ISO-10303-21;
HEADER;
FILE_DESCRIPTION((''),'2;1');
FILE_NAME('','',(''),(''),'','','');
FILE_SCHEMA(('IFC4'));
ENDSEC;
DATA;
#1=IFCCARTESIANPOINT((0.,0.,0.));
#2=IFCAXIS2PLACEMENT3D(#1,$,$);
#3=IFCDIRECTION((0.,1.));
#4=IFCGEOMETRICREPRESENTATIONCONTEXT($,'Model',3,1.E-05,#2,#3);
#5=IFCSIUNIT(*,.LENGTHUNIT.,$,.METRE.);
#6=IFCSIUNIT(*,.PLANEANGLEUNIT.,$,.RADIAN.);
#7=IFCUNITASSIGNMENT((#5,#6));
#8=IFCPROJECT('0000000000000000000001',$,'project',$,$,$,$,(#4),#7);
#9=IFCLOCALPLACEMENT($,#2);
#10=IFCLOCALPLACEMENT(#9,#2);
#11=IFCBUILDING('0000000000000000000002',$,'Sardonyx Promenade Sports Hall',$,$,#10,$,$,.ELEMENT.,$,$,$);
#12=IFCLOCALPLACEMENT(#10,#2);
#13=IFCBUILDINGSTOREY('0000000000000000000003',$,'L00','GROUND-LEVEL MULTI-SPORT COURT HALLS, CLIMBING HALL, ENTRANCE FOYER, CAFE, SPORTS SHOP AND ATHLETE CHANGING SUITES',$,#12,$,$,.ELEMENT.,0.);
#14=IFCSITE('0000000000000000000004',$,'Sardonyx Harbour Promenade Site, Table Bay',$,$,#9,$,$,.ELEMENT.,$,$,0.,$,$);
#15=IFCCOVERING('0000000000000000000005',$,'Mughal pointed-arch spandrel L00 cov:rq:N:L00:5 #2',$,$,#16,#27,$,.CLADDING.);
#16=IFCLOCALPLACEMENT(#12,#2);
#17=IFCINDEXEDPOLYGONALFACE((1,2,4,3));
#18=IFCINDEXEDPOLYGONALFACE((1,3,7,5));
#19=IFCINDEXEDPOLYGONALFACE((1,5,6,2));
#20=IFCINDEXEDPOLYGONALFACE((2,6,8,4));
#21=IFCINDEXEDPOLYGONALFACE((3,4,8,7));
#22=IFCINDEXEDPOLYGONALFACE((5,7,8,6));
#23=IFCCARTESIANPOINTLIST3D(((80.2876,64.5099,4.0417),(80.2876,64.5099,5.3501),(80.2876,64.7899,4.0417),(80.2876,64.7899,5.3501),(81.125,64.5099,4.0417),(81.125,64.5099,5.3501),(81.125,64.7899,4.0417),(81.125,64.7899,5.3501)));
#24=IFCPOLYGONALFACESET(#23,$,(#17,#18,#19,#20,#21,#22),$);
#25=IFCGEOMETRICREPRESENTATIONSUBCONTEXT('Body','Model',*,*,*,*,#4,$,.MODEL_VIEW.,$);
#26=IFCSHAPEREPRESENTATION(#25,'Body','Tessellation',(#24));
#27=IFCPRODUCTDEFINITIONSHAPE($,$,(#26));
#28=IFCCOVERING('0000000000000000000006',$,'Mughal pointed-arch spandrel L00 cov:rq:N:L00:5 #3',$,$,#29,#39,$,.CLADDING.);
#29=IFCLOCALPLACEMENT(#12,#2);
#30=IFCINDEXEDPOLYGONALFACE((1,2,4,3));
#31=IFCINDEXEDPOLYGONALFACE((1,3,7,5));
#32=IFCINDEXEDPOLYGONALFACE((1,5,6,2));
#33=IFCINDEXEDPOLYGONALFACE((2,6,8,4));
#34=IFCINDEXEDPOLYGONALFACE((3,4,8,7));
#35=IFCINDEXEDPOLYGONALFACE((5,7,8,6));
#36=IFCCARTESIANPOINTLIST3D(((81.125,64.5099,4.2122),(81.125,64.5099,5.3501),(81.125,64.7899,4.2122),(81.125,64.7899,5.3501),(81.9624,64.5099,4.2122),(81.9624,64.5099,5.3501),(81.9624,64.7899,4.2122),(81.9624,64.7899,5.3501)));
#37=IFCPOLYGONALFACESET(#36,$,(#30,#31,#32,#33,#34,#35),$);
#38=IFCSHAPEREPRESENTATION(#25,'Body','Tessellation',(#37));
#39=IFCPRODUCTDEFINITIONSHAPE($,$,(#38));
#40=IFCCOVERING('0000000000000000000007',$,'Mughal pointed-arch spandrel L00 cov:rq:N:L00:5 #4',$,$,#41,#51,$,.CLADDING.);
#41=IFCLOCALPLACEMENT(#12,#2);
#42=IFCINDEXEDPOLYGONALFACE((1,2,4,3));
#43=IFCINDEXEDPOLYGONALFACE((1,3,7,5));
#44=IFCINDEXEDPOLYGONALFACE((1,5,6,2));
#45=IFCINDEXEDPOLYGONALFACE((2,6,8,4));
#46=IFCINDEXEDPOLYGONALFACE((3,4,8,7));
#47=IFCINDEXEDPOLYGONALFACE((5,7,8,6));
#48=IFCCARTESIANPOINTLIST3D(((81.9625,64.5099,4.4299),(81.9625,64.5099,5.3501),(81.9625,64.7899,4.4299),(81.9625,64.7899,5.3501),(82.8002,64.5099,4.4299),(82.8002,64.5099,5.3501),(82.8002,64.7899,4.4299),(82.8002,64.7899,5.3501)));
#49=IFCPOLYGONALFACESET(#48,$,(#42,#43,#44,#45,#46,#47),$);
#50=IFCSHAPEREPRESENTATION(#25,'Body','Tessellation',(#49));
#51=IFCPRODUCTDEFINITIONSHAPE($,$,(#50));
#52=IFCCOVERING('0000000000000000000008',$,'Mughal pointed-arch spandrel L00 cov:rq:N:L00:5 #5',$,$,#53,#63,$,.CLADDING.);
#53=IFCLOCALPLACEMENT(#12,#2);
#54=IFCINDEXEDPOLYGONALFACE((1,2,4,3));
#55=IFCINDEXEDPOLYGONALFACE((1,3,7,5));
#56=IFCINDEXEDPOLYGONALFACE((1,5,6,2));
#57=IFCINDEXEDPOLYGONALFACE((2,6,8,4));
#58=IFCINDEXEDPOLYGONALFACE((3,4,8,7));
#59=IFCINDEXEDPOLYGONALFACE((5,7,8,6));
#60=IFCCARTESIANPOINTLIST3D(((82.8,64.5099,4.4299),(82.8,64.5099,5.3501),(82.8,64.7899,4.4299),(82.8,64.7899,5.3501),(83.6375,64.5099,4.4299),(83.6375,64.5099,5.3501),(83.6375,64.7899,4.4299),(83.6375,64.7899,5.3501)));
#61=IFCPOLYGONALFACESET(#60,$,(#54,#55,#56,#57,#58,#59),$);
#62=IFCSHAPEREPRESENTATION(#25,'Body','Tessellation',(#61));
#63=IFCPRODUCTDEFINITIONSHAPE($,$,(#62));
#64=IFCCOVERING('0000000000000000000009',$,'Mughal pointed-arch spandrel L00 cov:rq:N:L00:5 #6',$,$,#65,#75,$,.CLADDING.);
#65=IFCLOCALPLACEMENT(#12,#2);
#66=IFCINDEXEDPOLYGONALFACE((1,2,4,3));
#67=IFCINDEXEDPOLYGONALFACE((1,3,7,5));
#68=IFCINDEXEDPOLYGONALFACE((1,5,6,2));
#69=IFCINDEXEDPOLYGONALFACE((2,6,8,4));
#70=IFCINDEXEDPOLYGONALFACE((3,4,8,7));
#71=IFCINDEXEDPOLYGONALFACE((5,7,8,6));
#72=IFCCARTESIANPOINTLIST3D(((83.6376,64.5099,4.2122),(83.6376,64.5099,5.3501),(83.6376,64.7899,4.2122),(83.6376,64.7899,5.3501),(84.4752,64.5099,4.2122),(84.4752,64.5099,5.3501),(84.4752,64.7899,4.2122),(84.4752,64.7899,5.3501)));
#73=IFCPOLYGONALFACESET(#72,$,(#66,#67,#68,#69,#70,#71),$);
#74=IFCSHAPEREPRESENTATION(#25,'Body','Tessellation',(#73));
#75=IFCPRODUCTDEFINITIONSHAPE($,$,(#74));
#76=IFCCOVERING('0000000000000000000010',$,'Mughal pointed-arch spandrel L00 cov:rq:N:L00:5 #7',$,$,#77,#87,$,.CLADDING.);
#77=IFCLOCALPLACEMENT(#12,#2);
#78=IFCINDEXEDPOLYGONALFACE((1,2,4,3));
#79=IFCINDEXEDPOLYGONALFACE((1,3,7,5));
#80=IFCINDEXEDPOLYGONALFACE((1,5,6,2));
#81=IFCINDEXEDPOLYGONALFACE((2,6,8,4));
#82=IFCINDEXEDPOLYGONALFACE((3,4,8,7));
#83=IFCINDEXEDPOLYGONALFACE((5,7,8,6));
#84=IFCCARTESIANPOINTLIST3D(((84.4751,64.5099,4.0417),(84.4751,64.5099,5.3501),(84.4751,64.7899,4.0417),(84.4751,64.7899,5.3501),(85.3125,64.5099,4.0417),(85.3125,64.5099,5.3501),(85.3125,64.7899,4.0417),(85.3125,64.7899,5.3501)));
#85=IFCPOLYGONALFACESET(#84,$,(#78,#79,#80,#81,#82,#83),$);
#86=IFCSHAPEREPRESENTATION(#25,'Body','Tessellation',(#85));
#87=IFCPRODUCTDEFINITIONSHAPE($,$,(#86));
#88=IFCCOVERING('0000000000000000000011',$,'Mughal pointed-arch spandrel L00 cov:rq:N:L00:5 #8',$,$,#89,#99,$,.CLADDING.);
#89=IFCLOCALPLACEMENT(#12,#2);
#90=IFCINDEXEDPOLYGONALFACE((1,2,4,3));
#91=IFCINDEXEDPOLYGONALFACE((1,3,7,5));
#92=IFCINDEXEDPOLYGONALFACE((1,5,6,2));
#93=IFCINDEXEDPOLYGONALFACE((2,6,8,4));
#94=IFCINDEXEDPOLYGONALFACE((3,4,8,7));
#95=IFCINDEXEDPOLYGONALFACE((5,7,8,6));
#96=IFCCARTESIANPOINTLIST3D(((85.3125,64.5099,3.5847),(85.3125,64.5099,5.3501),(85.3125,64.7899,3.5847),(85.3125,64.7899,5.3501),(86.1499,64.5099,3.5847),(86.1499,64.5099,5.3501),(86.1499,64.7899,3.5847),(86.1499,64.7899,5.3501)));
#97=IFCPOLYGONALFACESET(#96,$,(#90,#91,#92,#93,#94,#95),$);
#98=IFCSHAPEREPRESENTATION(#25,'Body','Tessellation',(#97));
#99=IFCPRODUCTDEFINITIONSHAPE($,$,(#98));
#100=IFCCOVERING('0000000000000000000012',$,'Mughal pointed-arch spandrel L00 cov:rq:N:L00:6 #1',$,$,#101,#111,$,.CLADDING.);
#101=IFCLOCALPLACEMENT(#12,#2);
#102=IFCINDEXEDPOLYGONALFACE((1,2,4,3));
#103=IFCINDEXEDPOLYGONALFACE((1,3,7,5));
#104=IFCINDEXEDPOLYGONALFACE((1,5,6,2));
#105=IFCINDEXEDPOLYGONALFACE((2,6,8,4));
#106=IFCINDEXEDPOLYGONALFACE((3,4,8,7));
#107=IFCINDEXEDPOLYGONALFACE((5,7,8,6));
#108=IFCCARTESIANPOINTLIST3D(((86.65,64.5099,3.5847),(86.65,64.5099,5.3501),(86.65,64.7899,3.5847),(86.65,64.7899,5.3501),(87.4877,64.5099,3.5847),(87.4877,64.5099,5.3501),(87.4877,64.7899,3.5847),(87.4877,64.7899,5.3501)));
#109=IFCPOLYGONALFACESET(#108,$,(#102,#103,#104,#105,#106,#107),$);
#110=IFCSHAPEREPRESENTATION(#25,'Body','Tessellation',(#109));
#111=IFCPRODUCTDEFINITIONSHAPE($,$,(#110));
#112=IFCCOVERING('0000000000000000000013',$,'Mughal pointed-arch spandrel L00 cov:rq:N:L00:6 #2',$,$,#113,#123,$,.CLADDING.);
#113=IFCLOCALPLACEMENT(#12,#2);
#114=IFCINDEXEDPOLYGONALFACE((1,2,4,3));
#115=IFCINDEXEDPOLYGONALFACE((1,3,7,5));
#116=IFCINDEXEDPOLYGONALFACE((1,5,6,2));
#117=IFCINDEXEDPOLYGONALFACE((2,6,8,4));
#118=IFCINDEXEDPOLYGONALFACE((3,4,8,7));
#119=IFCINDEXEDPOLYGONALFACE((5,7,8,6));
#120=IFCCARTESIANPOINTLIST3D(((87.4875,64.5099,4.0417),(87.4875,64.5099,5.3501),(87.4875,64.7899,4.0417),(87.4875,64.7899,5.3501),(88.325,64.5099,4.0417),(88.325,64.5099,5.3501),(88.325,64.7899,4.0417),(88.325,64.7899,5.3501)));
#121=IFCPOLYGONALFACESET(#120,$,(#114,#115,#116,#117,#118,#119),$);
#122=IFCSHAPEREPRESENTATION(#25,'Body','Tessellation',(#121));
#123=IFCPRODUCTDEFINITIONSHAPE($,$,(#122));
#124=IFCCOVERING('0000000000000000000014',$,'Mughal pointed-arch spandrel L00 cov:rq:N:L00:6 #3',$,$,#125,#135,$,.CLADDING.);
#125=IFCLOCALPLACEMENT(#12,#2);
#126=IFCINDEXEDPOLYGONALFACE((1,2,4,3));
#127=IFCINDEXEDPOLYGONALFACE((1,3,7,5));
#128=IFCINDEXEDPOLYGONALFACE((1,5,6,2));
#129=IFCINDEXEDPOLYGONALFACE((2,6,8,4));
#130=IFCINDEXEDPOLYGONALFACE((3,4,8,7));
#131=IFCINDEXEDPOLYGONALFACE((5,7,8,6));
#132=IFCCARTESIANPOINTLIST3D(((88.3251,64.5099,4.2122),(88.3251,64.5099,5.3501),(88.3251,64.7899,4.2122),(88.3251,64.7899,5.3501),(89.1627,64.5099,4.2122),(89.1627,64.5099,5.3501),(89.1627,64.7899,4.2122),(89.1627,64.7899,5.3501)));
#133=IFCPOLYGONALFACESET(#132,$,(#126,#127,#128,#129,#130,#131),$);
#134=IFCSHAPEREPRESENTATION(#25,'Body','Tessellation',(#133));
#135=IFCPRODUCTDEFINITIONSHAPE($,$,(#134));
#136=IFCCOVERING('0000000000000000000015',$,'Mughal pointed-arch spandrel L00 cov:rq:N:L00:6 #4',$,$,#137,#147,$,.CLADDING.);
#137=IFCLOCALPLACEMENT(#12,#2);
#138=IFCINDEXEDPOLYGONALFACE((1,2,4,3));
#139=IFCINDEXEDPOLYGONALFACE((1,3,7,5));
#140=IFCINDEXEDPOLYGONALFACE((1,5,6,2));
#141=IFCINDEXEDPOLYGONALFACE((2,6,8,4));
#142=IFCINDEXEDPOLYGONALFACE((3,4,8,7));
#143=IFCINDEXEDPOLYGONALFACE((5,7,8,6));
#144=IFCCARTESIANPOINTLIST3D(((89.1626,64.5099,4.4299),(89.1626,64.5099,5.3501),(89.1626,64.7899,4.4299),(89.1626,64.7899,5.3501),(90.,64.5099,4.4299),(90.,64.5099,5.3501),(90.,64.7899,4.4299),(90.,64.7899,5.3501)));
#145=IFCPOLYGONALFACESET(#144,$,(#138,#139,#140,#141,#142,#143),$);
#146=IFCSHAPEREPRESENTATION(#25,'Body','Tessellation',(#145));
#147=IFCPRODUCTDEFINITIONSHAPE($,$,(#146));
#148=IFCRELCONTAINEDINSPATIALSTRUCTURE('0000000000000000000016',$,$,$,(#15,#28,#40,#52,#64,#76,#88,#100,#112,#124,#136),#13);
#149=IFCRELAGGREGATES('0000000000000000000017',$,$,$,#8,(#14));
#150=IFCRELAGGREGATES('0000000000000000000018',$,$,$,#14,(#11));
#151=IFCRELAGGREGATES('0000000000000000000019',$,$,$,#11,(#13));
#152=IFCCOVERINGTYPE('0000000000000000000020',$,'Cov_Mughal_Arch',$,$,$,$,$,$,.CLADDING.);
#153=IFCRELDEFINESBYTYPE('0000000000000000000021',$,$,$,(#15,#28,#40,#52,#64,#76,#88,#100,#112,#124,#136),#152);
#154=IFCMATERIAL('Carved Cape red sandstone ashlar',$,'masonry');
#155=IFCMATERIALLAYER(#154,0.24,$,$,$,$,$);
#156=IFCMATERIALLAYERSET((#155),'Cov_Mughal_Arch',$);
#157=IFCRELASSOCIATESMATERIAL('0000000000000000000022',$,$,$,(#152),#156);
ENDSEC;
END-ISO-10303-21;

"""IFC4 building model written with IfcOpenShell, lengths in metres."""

from ifc_helpers import new_model, si_unit, direction, frame, frame_2d, origin, place, context, subcontext, project, spatial, rectangle, extrude, material, layer, layer_set, type_object, element, save


model = new_model("IFC4")

# Units and contexts
model_context = context("Model", 3, precision=1e-05, world=origin(), true_north=direction((0.0, 1.0)))
body_context = subcontext(model_context, "Body", "Model", "MODEL_VIEW")
ifc_project = project(units=[si_unit("LENGTHUNIT", "METRE"), si_unit("PLANEANGLEUNIT", "RADIAN")], contexts=[model_context])

# Site, building, storey
site_placement = place(None, origin())
site = spatial("IfcSite", under=ifc_project, at=site_placement, Name="Sardonyx Harbour Promenade Site, Table Bay", CompositionType="ELEMENT", RefElevation=0.0)
building_placement = place(site_placement, origin())
building = spatial("IfcBuilding", under=site, at=building_placement, Name="Sardonyx Promenade Sports Hall", CompositionType="ELEMENT")
storey_placement = place(building_placement, origin())
storey = spatial("IfcBuildingStorey", under=building, at=storey_placement, Name="L00", Description="GROUND-LEVEL MULTI-SPORT COURT HALLS, CLIMBING HALL, ENTRANCE FOYER, CAFE, SPORTS SHOP AND ATHLETE CHANGING SUITES", CompositionType="ELEMENT", Elevation=0.0)

# Coverings
ifc_material_1 = material(Name="Carved Cape red sandstone ashlar", Category="masonry")
ifc_layer_1 = layer(ifc_material_1, 0.24)
ifc_layer_set_1 = layer_set([ifc_layer_1], Name="Cov_Mughal_Arch")
covering_type = type_object("IfcCoveringType", Name="Cov_Mughal_Arch", PredefinedType="CLADDING", material=ifc_layer_set_1)
covering_1_placement = place(storey_placement, frame((80.2876, 64.6499, 4.0417), z_axis=(0.0, 0.0, 1.0), x_axis=(1.0, 0.0, 0.0)))
element("IfcCovering", 1, at=covering_1_placement, inside=storey, type_object=covering_type, Name="Mughal pointed-arch spandrel L00 cov:rq:N:L00:5 #2", PredefinedType="CLADDING", context=body_context, shape_type="SweptSolid", body=[
    extrude(rectangle(XDim=0.8374, YDim=0.28, at=frame_2d((0.4187, 0.0))), origin(), (0.0, 0.0, 1.0), 1.3083),
])
covering_2_placement = place(storey_placement, frame((81.125, 64.6499, 4.2122), z_axis=(0.0, 0.0, 1.0), x_axis=(1.0, 0.0, 0.0)))
element("IfcCovering", 2, at=covering_2_placement, inside=storey, type_object=covering_type, Name="Mughal pointed-arch spandrel L00 cov:rq:N:L00:5 #3", PredefinedType="CLADDING", context=body_context, shape_type="SweptSolid", body=[
    extrude(rectangle(XDim=0.8374, YDim=0.28, at=frame_2d((0.4187, 0.0))), origin(), (0.0, 0.0, 1.0), 1.1379),
])
covering_3_placement = place(storey_placement, frame((81.9624, 64.6499, 4.4299), z_axis=(0.0, 0.0, 1.0), x_axis=(1.0, 0.0, 0.0)))
element("IfcCovering", 3, at=covering_3_placement, inside=storey, type_object=covering_type, Name="Mughal pointed-arch spandrel L00 cov:rq:N:L00:5 #4", PredefinedType="CLADDING", context=body_context, shape_type="SweptSolid", body=[
    extrude(rectangle(XDim=0.8376, YDim=0.28, at=frame_2d((0.4189, 0.0))), origin(), (0.0, 0.0, 1.0), 0.9202),
])
covering_4_placement = place(storey_placement, frame((82.8, 64.6499, 4.4299), z_axis=(0.0, 0.0, 1.0), x_axis=(1.0, 0.0, 0.0)))
element("IfcCovering", 4, at=covering_4_placement, inside=storey, type_object=covering_type, Name="Mughal pointed-arch spandrel L00 cov:rq:N:L00:5 #5", PredefinedType="CLADDING", context=body_context, shape_type="SweptSolid", body=[
    extrude(rectangle(XDim=0.8374, YDim=0.28, at=frame_2d((0.4187, 0.0))), origin(), (0.0, 0.0, 1.0), 0.9202),
])
covering_5_placement = place(storey_placement, frame((83.6375, 64.6499, 4.2122), z_axis=(0.0, 0.0, 1.0), x_axis=(1.0, 0.0, 0.0)))
element("IfcCovering", 5, at=covering_5_placement, inside=storey, type_object=covering_type, Name="Mughal pointed-arch spandrel L00 cov:rq:N:L00:5 #6", PredefinedType="CLADDING", context=body_context, shape_type="SweptSolid", body=[
    extrude(rectangle(XDim=0.8376, YDim=0.28, at=frame_2d((0.4189, 0.0))), origin(), (0.0, 0.0, 1.0), 1.1379),
])
covering_6_placement = place(storey_placement, frame((84.4751, 64.6499, 4.0417), z_axis=(0.0, 0.0, 1.0), x_axis=(1.0, 0.0, 0.0)))
element("IfcCovering", 6, at=covering_6_placement, inside=storey, type_object=covering_type, Name="Mughal pointed-arch spandrel L00 cov:rq:N:L00:5 #7", PredefinedType="CLADDING", context=body_context, shape_type="SweptSolid", body=[
    extrude(rectangle(XDim=0.8374, YDim=0.28, at=frame_2d((0.4187, 0.0))), origin(), (0.0, 0.0, 1.0), 1.3083),
])
covering_7_placement = place(storey_placement, frame((85.3125, 64.6499, 3.5847), z_axis=(0.0, 0.0, 1.0), x_axis=(1.0, 0.0, 0.0)))
element("IfcCovering", 7, at=covering_7_placement, inside=storey, type_object=covering_type, Name="Mughal pointed-arch spandrel L00 cov:rq:N:L00:5 #8", PredefinedType="CLADDING", context=body_context, shape_type="SweptSolid", body=[
    extrude(rectangle(XDim=0.8374, YDim=0.28, at=frame_2d((0.4187, 0.0))), origin(), (0.0, 0.0, 1.0), 1.7654),
])
covering_8_placement = place(storey_placement, frame((86.6499, 64.6499, 3.5847), z_axis=(0.0, 0.0, 1.0), x_axis=(1.0, 0.0, 0.0)))
element("IfcCovering", 8, at=covering_8_placement, inside=storey, type_object=covering_type, Name="Mughal pointed-arch spandrel L00 cov:rq:N:L00:6 #1", PredefinedType="CLADDING", context=body_context, shape_type="SweptSolid", body=[
    extrude(rectangle(XDim=0.8376, YDim=0.28, at=frame_2d((0.4189, 0.0))), origin(), (0.0, 0.0, 1.0), 1.7654),
])
covering_9_placement = place(storey_placement, frame((87.4875, 64.6499, 4.0417), z_axis=(0.0, 0.0, 1.0), x_axis=(1.0, 0.0, 0.0)))
element("IfcCovering", 9, at=covering_9_placement, inside=storey, type_object=covering_type, Name="Mughal pointed-arch spandrel L00 cov:rq:N:L00:6 #2", PredefinedType="CLADDING", context=body_context, shape_type="SweptSolid", body=[
    extrude(rectangle(XDim=0.8374, YDim=0.28, at=frame_2d((0.4187, 0.0))), origin(), (0.0, 0.0, 1.0), 1.3083),
])
covering_10_placement = place(storey_placement, frame((88.325, 64.6499, 4.2122), z_axis=(0.0, 0.0, 1.0), x_axis=(1.0, 0.0, 0.0)))
element("IfcCovering", 10, at=covering_10_placement, inside=storey, type_object=covering_type, Name="Mughal pointed-arch spandrel L00 cov:rq:N:L00:6 #3", PredefinedType="CLADDING", context=body_context, shape_type="SweptSolid", body=[
    extrude(rectangle(XDim=0.8376, YDim=0.28, at=frame_2d((0.4189, 0.0))), origin(), (0.0, 0.0, 1.0), 1.1379),
])
covering_11_placement = place(storey_placement, frame((89.1626, 64.6499, 4.4299), z_axis=(0.0, 0.0, 1.0), x_axis=(1.0, 0.0, 0.0)))
element("IfcCovering", 11, at=covering_11_placement, inside=storey, type_object=covering_type, Name="Mughal pointed-arch spandrel L00 cov:rq:N:L00:6 #4", PredefinedType="CLADDING", context=body_context, shape_type="SweptSolid", body=[
    extrude(rectangle(XDim=0.8374, YDim=0.28, at=frame_2d((0.4187, 0.0))), origin(), (0.0, 0.0, 1.0), 0.9202),
])

save(model, "model.ifc")
